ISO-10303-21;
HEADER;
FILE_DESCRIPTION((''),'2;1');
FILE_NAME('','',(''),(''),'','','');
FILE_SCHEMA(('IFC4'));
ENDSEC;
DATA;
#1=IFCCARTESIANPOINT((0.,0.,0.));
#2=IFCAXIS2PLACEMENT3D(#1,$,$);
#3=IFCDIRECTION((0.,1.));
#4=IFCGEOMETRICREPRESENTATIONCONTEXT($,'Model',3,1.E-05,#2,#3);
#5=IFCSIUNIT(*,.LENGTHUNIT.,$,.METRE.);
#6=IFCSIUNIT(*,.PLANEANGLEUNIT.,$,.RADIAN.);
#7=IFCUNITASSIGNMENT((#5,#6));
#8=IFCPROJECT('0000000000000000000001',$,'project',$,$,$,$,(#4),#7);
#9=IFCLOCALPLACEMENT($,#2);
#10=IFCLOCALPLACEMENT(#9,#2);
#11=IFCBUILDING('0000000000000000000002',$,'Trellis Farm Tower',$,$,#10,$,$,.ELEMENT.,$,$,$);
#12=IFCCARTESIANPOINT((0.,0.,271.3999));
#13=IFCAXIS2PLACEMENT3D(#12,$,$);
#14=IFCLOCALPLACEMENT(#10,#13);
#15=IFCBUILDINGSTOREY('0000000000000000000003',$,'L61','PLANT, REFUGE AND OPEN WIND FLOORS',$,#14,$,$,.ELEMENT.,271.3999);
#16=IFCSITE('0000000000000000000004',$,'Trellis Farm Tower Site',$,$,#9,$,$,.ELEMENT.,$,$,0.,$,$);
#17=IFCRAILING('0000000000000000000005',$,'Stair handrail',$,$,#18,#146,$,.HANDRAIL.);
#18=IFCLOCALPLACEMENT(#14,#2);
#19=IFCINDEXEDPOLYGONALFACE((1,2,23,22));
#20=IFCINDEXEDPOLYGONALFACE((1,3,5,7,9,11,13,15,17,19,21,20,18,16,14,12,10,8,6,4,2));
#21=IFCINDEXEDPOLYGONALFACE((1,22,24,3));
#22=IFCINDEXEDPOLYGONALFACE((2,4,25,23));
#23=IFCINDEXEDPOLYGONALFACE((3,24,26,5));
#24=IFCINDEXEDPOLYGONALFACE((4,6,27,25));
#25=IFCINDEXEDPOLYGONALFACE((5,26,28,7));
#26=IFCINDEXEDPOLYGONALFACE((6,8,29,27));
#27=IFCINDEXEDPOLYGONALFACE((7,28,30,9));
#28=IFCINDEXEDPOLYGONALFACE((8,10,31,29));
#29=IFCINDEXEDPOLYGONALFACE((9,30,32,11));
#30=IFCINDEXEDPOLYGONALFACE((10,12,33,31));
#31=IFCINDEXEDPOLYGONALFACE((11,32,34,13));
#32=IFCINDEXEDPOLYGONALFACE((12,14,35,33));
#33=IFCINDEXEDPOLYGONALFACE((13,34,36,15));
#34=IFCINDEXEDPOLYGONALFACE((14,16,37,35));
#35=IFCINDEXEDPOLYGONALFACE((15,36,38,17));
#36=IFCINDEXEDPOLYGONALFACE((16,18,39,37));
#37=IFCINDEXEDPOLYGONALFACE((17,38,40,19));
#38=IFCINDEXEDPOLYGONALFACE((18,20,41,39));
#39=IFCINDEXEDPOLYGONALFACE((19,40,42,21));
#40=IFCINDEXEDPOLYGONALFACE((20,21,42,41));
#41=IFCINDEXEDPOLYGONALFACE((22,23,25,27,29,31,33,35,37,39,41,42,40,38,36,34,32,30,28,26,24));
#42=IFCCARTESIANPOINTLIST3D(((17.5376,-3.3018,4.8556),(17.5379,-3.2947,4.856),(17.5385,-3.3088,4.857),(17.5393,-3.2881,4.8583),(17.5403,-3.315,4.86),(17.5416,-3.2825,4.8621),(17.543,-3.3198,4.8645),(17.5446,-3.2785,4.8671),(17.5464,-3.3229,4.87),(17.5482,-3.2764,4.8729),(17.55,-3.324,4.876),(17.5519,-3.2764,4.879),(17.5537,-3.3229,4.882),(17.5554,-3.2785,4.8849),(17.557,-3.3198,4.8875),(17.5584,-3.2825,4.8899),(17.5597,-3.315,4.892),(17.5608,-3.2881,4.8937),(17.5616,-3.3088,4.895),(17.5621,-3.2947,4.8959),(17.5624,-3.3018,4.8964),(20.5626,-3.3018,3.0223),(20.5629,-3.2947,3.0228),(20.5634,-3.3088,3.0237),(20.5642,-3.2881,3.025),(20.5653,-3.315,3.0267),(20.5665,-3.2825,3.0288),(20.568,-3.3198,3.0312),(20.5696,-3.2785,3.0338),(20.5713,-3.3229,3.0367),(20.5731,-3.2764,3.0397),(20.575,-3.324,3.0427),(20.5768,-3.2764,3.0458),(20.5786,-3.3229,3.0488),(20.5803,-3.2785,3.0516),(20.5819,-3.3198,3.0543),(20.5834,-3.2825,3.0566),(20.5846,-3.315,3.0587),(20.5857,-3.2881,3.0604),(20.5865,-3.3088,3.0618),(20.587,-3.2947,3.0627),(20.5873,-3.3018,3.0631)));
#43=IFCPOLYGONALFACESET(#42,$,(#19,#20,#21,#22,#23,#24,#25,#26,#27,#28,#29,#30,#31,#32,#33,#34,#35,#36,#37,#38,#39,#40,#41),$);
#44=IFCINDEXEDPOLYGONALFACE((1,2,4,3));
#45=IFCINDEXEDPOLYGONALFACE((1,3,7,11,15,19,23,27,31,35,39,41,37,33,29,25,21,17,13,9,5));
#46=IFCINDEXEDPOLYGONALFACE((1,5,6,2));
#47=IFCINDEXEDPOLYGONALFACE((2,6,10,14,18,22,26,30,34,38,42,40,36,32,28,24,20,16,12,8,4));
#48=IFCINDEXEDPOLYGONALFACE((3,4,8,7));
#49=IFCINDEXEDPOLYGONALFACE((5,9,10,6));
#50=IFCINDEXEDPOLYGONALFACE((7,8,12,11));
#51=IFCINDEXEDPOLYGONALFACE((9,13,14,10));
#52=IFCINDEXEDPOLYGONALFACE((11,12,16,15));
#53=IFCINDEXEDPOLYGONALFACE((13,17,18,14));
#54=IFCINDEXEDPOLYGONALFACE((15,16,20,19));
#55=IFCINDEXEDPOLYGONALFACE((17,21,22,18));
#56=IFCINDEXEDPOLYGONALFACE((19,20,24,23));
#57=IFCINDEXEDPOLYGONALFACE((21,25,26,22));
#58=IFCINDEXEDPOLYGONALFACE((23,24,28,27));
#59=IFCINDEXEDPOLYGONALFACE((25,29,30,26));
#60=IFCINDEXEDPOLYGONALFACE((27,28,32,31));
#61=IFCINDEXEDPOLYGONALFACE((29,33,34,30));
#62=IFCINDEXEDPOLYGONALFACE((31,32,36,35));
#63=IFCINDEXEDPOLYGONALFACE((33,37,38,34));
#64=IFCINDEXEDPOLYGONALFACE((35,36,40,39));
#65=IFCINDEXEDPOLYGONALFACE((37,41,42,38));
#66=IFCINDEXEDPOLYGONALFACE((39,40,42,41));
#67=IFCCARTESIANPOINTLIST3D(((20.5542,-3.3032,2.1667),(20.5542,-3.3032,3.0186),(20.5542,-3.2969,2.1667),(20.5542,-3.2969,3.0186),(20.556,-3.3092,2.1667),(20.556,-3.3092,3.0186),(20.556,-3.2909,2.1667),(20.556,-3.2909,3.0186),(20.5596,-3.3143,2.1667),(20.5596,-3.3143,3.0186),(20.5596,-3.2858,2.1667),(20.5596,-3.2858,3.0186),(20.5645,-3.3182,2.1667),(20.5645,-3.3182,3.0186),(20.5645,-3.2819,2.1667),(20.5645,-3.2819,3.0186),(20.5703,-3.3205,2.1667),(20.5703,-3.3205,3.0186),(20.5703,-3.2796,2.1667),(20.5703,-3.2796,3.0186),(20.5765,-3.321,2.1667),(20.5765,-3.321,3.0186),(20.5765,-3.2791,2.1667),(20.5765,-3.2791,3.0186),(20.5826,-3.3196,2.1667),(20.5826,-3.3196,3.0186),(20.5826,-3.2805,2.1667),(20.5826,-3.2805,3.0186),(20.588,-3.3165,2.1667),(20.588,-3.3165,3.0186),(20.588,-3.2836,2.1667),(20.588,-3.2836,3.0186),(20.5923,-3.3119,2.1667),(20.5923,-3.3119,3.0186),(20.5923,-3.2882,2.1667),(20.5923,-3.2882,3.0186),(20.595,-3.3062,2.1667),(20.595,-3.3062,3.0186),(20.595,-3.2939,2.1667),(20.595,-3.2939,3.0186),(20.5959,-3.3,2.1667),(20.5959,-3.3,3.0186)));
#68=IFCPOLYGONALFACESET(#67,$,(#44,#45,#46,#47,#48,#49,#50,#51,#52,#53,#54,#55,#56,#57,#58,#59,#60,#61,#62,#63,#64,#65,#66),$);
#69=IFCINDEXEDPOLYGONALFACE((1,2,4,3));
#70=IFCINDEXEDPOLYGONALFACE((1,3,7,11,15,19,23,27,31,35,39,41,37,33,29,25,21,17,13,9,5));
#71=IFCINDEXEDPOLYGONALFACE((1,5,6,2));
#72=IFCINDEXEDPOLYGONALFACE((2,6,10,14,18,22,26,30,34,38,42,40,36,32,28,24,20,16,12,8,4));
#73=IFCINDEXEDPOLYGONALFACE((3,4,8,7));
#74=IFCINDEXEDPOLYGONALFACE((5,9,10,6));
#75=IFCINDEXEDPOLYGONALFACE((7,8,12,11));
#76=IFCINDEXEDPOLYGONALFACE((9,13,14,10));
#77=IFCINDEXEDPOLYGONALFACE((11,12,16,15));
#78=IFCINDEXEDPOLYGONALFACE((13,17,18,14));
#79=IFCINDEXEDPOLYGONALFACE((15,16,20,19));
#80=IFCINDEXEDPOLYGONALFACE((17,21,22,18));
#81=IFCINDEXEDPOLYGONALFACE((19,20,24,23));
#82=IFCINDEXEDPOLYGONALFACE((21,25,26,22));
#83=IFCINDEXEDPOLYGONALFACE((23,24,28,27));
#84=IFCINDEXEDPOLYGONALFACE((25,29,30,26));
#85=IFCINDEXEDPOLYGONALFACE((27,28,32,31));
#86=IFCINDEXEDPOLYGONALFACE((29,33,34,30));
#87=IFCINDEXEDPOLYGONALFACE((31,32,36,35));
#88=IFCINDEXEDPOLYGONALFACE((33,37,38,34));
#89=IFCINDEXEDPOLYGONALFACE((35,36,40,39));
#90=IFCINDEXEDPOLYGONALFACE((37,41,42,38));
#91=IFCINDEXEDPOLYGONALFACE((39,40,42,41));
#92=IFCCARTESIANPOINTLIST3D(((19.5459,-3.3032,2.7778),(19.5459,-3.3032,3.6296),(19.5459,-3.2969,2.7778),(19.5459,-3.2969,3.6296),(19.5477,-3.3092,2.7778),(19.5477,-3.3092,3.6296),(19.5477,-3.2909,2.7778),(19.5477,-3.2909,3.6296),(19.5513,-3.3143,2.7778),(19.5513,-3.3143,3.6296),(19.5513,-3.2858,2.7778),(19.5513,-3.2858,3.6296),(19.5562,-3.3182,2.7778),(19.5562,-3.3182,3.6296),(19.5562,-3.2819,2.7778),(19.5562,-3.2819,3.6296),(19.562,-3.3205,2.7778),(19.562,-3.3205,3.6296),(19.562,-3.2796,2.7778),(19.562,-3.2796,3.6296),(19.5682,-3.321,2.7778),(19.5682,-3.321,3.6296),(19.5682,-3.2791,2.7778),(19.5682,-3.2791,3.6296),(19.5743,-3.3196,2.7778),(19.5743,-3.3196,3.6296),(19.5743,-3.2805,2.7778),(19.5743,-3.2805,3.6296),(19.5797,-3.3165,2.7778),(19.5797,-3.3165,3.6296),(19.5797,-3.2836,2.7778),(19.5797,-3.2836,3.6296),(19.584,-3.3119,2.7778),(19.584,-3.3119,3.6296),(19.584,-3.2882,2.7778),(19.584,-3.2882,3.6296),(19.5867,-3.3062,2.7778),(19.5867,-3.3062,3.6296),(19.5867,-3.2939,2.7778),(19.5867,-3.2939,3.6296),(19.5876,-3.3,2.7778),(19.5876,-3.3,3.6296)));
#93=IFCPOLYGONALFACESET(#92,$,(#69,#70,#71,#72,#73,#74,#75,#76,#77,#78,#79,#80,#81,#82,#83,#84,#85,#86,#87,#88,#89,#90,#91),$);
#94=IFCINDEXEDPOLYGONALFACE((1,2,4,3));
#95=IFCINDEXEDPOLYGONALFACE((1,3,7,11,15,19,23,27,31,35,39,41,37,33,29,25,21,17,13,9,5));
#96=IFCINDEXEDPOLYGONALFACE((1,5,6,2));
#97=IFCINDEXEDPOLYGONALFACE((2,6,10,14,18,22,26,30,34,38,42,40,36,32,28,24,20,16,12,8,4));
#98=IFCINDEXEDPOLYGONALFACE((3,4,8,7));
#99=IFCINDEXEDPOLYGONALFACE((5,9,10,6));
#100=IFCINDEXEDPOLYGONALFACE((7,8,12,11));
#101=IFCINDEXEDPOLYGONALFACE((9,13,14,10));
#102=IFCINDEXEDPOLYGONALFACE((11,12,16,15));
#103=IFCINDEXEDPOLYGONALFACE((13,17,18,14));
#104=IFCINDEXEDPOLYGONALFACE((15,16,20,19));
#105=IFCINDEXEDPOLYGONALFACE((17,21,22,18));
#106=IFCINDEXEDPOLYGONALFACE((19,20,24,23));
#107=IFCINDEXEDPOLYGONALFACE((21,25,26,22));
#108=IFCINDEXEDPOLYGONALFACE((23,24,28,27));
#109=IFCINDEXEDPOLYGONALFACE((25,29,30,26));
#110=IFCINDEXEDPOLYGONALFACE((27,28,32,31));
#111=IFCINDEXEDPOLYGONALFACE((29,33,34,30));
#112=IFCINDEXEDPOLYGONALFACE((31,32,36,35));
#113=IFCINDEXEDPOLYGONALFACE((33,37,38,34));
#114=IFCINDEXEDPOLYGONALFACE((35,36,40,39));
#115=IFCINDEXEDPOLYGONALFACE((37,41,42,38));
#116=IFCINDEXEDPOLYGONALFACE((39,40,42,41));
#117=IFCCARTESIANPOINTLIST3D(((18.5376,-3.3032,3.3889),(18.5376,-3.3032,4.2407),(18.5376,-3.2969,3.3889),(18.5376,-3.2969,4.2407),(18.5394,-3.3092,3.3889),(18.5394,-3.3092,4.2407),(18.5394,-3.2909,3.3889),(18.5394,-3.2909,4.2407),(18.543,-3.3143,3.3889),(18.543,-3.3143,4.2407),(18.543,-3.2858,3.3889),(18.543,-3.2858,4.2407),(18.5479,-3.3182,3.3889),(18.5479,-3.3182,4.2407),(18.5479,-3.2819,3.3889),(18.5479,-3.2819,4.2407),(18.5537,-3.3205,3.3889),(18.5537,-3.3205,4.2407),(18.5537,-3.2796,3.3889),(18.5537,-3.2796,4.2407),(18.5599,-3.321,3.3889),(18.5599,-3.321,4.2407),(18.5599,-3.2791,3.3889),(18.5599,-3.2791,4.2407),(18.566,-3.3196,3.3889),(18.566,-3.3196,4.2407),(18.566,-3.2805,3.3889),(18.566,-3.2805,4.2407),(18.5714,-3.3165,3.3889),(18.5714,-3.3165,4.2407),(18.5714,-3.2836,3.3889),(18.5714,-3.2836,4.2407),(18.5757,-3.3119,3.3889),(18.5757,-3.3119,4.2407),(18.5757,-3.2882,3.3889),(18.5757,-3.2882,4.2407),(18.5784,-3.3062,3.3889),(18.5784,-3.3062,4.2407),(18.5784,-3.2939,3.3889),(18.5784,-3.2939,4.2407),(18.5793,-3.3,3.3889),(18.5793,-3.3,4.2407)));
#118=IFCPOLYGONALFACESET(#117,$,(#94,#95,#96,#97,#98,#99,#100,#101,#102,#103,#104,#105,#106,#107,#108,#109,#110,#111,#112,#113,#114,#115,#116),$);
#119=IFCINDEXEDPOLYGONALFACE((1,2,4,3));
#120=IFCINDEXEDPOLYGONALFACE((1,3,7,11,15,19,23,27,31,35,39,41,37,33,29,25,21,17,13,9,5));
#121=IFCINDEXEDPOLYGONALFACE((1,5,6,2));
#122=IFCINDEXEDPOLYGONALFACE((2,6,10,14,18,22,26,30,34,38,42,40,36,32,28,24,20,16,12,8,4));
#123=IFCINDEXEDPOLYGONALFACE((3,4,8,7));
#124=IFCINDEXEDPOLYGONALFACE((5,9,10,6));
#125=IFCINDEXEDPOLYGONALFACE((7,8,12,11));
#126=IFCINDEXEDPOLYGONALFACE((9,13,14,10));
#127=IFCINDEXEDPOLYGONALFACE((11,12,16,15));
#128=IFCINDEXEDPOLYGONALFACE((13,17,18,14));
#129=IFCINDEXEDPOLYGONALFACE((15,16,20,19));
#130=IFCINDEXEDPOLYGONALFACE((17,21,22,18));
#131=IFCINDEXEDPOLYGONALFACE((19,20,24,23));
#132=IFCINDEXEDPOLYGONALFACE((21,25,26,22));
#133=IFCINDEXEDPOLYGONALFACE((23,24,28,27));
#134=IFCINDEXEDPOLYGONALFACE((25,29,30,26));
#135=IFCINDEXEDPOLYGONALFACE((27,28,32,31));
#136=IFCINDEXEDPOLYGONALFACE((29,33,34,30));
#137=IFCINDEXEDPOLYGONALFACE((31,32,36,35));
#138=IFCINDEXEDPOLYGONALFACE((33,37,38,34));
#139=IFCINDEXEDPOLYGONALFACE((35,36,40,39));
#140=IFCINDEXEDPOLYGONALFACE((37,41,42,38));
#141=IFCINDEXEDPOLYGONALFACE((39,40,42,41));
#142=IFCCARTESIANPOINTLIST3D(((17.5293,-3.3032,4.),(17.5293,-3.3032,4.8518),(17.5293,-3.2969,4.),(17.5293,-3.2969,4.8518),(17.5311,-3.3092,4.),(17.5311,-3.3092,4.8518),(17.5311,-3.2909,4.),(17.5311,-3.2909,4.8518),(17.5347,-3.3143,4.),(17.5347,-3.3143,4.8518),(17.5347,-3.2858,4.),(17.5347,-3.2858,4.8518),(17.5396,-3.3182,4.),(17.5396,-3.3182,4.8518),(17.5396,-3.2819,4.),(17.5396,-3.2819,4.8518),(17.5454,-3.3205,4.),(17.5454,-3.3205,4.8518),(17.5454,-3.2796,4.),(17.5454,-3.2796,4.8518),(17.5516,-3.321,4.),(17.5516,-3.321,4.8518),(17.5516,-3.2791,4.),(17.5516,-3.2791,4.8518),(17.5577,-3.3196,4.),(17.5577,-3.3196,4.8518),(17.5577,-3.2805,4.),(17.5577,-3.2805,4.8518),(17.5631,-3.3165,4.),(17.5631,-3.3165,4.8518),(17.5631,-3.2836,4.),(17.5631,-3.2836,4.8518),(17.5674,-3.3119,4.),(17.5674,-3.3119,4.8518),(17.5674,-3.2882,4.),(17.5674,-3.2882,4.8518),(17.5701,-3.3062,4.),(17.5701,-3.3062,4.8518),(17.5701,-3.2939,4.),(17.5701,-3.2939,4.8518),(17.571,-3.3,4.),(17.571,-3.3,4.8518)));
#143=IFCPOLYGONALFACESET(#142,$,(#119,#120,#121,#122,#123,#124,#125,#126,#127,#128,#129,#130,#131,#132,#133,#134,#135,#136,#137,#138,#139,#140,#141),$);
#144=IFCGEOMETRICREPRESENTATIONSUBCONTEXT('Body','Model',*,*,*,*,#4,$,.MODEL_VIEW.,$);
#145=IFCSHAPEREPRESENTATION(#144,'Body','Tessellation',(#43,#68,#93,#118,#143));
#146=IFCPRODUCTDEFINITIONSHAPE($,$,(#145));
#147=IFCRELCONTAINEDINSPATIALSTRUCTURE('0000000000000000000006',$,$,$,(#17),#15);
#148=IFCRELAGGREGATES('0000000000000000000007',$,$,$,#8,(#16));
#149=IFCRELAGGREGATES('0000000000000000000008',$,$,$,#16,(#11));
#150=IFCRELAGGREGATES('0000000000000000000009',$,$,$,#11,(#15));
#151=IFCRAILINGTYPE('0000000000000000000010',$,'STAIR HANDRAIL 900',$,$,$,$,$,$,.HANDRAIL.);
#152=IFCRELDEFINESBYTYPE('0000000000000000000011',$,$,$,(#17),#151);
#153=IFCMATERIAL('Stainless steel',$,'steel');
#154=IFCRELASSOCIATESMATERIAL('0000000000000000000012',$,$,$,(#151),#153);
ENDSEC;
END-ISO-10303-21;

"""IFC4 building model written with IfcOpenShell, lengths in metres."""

from ifc_helpers import new_model, si_unit, direction, frame, origin, origin_2d, place, context, subcontext, project, spatial, circle, extrude, source, transform, mapped, material, type_object, element, save


model = new_model("IFC4")

# Units and contexts
model_context = context("Model", 3, precision=1e-05, world=origin(), true_north=direction((0.0, 1.0)))
body_context = subcontext(model_context, "Body", "Model", "MODEL_VIEW")
ifc_project = project(units=[si_unit("LENGTHUNIT", "METRE"), si_unit("PLANEANGLEUNIT", "RADIAN")], contexts=[model_context])

# Site, building, storey
site_placement = place(None, origin())
site = spatial("IfcSite", under=ifc_project, at=site_placement, Name="Trellis Farm Tower Site", CompositionType="ELEMENT", RefElevation=0.0)
building_placement = place(site_placement, origin())
building = spatial("IfcBuilding", under=site, at=building_placement, Name="Trellis Farm Tower", CompositionType="ELEMENT")
storey_placement = place(building_placement, frame((0.0, 0.0, 271.3999)))
storey = spatial("IfcBuildingStorey", under=building, at=storey_placement, Name="L61", Description="PLANT, REFUGE AND OPEN WIND FLOORS", CompositionType="ELEMENT", Elevation=271.3999)

# Railing
ifc_material_1 = material(Name="Stainless steel", Category="steel")
railing_type_1 = type_object("IfcRailingType", Name="STAIR HANDRAIL 900", PredefinedType="HANDRAIL", material=ifc_material_1)
shared_shape_1 = source(origin(), body_context, "Body", "SweptSolid", [
    extrude(circle(Radius=0.0239, at=origin_2d()), frame((0.0, 0.0, 0.876), z_axis=(-0.855201, 0.0, 0.518297), x_axis=(0.0, -1.0, 0.0)), (0.0, 0.0, 1.0), 3.5371),
    extrude(circle(Radius=0.021, at=origin_2d()), origin(), (0.0, 0.0, 1.0), 0.8518),
    extrude(circle(Radius=0.021, at=origin_2d()), frame((-1.0083, 0.0, 0.6111)), (0.0, 0.0, 1.0), 0.8518),
    extrude(circle(Radius=0.021, at=origin_2d()), frame((-2.0166, 0.0, 1.2222)), (0.0, 0.0, 1.0), 0.8518),
    extrude(circle(Radius=0.021, at=origin_2d()), frame((-3.0249, 0.0, 1.8333)), (0.0, 0.0, 1.0), 0.8518),
])
for number, where, name in (
    (1, (20.575, -3.3, 2.1667), "Stair handrail"),
):
    element("IfcRailing", number, at=place(storey_placement, frame(where)), inside=storey, type_object=railing_type_1, Name=name, PredefinedType="HANDRAIL", context=body_context, shape_type="MappedRepresentation", body=[
        mapped(shared_shape_1, transform((0.0, 0.0, 0.0))),
    ])

save(model, "model.ifc")
